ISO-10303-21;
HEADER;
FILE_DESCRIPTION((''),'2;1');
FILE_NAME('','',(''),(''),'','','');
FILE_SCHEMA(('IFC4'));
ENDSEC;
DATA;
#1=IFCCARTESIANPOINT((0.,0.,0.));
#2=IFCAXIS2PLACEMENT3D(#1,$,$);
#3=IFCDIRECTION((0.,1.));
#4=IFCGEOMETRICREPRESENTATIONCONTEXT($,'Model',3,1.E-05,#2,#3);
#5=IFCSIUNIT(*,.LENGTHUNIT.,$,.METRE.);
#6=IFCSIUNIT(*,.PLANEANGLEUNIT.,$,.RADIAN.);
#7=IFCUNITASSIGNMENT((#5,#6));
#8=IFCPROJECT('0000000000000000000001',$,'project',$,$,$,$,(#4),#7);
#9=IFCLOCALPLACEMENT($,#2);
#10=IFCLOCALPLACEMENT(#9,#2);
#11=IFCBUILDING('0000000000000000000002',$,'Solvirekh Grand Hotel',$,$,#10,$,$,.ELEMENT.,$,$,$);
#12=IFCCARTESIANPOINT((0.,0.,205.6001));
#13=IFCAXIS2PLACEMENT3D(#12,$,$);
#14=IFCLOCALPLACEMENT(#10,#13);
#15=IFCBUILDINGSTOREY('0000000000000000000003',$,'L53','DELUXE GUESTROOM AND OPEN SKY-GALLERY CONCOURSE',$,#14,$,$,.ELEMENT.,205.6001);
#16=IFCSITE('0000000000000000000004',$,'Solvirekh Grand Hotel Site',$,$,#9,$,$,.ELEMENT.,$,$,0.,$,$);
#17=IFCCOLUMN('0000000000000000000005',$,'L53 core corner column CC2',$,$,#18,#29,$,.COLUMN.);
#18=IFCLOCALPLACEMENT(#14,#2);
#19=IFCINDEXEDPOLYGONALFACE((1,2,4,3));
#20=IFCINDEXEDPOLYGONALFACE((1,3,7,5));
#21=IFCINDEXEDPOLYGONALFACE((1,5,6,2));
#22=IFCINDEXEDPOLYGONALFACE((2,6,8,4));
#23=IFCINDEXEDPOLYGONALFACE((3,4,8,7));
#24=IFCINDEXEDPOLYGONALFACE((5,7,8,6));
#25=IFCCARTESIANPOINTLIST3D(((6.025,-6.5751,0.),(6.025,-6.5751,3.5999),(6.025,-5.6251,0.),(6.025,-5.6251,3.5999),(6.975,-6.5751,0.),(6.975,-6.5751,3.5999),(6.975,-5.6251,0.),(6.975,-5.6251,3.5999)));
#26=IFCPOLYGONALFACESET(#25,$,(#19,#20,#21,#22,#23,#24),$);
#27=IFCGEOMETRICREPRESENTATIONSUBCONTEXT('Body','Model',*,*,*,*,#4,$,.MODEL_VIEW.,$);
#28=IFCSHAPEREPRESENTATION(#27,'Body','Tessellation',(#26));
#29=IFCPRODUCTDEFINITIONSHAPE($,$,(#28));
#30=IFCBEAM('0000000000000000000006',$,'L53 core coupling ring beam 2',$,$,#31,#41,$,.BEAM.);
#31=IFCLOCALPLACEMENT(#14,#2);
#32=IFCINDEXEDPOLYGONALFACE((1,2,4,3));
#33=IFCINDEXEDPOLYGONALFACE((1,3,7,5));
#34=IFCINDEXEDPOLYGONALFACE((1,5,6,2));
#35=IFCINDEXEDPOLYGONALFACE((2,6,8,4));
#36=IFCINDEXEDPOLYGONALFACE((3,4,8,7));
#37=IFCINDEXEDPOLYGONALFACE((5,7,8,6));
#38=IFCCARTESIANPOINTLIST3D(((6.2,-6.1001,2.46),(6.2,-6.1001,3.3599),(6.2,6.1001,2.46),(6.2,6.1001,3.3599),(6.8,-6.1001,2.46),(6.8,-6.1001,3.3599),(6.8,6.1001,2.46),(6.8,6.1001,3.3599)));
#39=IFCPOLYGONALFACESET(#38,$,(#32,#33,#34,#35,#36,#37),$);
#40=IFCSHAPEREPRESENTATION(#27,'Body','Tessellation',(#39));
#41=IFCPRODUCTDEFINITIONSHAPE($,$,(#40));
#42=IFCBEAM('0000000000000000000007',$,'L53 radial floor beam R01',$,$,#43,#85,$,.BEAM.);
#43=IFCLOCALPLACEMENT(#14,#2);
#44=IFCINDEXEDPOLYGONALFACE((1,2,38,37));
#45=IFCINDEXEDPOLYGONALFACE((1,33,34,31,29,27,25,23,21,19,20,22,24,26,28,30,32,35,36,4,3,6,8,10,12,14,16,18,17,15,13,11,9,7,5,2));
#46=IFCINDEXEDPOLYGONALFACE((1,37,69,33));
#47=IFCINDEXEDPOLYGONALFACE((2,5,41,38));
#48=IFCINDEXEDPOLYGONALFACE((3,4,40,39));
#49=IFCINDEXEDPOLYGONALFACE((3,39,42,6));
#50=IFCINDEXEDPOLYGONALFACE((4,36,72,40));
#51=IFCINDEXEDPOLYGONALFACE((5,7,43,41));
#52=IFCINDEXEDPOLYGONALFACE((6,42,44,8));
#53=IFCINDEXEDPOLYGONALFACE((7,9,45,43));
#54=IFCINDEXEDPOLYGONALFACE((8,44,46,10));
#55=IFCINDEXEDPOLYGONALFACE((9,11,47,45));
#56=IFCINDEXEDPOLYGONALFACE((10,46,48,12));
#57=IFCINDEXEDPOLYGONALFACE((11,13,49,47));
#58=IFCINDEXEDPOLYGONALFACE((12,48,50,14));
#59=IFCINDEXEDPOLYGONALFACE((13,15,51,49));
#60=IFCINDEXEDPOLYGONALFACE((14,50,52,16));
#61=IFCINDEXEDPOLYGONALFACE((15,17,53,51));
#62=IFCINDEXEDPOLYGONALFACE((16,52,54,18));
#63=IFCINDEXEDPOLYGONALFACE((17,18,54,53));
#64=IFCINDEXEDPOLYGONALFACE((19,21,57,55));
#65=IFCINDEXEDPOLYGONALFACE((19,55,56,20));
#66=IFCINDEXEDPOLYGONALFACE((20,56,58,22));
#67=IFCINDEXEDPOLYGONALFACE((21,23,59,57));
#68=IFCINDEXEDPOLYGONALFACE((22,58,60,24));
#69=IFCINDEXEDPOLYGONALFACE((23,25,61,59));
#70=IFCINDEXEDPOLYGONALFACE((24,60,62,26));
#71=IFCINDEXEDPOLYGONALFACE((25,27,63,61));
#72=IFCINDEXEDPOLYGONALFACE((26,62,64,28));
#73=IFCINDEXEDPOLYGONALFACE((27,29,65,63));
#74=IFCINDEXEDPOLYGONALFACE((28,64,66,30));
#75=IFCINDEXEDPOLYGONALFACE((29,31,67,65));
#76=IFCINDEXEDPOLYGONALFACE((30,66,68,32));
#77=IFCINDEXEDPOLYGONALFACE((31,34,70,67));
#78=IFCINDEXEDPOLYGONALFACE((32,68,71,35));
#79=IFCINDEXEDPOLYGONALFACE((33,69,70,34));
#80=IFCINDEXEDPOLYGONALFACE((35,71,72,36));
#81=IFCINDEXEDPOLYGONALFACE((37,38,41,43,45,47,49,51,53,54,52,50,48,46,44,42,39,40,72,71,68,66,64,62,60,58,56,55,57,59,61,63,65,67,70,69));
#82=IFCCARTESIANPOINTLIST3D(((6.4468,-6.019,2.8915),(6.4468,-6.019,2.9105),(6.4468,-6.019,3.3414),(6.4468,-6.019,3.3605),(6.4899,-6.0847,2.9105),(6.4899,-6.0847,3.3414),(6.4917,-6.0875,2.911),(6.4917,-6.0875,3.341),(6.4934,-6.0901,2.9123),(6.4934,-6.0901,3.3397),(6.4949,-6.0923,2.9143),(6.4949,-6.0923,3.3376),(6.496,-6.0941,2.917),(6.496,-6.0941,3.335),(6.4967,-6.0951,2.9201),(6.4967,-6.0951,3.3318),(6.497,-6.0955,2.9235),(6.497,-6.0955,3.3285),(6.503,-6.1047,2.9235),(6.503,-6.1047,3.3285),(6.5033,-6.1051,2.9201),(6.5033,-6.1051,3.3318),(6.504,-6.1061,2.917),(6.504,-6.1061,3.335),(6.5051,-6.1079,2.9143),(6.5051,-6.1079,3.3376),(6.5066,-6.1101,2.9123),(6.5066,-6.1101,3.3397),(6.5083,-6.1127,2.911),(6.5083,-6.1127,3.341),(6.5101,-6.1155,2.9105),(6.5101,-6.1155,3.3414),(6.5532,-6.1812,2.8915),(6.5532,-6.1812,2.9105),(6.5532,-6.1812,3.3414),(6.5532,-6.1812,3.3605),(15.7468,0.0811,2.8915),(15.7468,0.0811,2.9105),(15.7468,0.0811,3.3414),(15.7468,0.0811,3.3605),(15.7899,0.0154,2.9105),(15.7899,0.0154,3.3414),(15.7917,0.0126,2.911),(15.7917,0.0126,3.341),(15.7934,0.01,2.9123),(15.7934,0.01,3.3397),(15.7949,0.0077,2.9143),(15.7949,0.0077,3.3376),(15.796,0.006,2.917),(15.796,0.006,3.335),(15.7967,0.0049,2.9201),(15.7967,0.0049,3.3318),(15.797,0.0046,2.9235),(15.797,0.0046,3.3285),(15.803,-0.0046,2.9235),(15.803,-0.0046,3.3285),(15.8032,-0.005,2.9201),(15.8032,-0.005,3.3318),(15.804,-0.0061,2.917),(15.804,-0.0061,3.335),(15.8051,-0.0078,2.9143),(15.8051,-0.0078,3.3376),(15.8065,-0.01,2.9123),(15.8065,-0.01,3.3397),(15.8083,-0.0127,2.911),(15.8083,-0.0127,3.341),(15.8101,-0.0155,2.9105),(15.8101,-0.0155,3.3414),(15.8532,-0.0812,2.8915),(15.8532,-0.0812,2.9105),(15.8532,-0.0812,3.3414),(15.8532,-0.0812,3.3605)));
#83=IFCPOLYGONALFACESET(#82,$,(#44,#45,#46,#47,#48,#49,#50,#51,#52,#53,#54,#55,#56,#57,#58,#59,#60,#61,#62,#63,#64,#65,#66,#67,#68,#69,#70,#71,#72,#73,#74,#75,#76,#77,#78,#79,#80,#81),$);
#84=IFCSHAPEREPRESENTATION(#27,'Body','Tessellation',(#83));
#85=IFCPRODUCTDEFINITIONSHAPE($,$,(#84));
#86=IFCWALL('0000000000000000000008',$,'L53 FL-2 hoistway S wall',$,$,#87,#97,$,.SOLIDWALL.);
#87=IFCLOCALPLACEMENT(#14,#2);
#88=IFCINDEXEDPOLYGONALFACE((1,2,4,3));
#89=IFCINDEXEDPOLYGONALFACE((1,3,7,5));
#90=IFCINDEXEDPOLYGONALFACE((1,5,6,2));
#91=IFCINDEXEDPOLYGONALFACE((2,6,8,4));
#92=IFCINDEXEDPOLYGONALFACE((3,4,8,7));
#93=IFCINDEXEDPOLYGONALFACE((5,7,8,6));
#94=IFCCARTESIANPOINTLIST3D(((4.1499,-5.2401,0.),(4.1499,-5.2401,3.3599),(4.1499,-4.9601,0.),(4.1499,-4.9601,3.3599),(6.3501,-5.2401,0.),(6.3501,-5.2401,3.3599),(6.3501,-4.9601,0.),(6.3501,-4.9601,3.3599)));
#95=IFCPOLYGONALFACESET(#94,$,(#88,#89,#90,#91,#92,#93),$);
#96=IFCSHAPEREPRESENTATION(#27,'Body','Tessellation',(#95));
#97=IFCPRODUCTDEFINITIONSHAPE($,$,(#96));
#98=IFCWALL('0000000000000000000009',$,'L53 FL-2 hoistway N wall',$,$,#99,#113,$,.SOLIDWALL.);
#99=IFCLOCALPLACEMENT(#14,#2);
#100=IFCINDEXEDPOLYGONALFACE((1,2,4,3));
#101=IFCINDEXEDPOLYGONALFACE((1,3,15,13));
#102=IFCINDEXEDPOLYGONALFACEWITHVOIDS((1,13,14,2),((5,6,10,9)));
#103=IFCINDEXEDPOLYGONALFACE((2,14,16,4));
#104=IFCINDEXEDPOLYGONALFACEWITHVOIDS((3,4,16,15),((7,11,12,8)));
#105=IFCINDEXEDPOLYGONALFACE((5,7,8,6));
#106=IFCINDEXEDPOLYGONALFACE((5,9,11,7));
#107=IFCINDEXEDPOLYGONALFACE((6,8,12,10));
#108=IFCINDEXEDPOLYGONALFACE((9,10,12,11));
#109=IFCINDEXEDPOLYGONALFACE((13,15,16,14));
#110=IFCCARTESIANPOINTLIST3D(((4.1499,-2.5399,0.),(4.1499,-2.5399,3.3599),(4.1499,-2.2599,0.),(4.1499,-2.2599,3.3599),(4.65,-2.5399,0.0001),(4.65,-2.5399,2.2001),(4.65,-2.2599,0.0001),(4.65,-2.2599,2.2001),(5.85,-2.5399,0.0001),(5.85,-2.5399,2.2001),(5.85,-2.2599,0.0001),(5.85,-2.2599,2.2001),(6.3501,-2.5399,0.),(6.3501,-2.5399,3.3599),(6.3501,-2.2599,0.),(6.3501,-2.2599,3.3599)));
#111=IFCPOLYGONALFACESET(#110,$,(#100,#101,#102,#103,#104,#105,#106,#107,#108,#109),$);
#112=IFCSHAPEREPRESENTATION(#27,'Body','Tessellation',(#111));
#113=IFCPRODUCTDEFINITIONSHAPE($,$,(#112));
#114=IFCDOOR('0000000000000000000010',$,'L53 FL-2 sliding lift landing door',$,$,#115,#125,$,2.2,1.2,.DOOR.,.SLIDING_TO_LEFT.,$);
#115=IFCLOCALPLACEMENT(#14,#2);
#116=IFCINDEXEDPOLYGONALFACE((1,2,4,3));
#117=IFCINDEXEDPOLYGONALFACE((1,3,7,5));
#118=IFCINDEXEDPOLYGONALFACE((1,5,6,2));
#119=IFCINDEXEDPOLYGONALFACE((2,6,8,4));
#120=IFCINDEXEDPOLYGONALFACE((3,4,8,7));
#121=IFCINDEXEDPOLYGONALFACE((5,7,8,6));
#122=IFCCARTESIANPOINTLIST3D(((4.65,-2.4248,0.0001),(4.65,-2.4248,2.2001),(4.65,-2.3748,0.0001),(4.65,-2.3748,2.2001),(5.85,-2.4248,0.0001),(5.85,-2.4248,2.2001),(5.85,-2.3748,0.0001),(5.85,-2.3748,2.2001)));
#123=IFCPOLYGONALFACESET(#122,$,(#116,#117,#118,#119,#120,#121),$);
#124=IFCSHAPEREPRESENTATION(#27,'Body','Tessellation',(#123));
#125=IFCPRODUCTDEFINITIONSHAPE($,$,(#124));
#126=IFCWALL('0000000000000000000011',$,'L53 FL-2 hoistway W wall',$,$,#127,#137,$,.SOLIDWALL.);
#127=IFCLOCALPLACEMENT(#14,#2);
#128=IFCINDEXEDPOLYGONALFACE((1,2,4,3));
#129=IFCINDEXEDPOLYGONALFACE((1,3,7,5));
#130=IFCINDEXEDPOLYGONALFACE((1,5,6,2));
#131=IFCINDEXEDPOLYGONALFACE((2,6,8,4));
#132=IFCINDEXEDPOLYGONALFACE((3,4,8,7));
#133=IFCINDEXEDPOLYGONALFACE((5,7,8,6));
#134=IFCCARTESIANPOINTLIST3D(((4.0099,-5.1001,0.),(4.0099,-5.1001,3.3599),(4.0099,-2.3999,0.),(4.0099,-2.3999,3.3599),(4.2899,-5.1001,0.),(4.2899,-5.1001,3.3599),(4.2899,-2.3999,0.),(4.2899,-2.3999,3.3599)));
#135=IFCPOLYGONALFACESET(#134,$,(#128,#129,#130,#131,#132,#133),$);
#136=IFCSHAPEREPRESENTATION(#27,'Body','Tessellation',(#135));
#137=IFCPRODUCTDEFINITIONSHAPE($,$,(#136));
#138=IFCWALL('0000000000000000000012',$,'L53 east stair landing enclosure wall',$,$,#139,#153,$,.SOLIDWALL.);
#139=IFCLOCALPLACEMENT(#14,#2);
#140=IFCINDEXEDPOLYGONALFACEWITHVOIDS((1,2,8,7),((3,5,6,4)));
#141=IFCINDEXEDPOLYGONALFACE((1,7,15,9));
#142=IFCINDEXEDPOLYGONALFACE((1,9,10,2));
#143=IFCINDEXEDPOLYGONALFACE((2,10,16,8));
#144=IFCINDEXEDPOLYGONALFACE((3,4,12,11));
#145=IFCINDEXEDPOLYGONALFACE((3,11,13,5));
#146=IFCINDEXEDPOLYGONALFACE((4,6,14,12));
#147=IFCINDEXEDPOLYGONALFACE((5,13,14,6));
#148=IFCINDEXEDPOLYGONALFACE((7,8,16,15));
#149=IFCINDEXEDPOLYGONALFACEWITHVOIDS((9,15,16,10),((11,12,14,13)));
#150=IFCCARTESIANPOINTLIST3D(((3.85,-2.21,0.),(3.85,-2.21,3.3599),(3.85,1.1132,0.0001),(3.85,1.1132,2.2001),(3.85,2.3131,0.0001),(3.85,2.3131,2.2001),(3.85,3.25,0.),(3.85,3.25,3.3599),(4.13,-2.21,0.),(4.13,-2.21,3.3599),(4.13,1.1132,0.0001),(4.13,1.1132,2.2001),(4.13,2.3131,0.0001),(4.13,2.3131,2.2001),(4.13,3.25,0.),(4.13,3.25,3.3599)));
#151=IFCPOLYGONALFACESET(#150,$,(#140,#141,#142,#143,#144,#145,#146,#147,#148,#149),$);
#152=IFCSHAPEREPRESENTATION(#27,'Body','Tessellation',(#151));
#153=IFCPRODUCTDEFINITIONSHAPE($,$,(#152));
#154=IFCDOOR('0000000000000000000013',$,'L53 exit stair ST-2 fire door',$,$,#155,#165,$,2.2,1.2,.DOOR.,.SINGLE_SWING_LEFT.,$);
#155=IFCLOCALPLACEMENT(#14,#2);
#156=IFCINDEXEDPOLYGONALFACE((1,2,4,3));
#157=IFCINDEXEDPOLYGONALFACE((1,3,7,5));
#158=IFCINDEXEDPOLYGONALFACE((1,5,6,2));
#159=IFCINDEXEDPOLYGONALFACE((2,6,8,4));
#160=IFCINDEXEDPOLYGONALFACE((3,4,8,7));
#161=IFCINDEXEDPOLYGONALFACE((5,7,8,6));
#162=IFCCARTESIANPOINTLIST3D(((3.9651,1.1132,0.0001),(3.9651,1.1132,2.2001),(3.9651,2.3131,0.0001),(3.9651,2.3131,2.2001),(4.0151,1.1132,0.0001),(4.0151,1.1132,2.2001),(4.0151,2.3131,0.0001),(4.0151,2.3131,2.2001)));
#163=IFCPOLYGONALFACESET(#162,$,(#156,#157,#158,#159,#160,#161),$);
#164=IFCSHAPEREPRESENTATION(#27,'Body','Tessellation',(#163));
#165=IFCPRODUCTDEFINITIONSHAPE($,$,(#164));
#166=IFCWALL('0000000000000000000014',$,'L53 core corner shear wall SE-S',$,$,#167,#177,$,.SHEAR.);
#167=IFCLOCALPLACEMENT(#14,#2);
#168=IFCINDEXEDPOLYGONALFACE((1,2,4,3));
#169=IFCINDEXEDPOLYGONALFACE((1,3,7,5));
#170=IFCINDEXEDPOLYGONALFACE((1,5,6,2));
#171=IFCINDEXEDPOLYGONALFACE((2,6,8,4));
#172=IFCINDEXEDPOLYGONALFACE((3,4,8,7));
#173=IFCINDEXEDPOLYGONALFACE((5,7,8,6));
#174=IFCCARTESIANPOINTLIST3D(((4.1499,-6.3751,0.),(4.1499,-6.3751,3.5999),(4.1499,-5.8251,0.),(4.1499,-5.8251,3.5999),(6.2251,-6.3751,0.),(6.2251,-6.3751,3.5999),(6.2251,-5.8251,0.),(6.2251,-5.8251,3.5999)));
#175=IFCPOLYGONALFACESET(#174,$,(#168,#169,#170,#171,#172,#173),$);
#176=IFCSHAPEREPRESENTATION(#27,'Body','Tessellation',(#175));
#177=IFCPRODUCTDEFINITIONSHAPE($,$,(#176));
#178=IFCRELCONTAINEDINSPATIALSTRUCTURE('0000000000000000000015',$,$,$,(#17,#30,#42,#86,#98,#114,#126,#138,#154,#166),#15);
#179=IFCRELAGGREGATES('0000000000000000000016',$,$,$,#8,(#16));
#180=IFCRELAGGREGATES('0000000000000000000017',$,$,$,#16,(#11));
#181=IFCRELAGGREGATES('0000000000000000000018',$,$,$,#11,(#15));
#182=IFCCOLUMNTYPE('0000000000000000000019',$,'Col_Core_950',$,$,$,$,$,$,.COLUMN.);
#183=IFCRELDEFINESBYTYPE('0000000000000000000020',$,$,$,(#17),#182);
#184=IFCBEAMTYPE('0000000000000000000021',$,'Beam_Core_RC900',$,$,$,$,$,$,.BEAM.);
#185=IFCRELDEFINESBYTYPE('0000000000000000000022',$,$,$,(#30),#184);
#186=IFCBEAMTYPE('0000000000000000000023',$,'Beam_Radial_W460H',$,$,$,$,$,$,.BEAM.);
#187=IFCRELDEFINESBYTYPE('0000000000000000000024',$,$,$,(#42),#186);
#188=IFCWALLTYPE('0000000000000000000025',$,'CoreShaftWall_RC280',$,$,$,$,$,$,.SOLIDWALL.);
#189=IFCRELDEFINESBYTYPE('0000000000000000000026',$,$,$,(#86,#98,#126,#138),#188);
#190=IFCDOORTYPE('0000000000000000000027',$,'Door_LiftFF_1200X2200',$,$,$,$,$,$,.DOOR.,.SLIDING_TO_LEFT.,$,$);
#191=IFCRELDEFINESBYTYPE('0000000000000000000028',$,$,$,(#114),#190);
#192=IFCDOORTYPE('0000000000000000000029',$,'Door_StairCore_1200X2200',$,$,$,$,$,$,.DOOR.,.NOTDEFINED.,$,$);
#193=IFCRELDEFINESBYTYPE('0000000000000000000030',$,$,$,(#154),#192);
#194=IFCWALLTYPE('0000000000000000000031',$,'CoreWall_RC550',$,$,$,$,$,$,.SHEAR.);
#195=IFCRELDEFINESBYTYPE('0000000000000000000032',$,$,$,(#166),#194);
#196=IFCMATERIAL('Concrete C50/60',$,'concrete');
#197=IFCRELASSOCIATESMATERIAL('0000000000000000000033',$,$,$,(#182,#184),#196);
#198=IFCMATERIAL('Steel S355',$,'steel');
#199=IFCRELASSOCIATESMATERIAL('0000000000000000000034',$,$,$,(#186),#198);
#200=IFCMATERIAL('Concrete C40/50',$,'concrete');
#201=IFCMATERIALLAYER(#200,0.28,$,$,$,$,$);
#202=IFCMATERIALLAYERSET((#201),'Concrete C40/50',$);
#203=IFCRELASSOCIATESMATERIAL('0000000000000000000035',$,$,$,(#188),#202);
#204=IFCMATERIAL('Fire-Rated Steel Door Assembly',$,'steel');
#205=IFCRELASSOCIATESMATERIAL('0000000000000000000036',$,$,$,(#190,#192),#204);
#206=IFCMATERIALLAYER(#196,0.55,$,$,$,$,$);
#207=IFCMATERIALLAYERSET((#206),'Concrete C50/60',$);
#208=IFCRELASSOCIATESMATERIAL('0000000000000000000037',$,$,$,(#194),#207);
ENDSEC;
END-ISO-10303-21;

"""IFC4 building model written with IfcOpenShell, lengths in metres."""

from ifc_helpers import new_model, si_unit, direction, frame, frame_2d, origin, origin_2d, place, context, subcontext, project, spatial, rectangle, i_section, extrude, material, layer, layer_set, material_profile, profile_set, type_object, element, fill, save


model = new_model("IFC4")

# Units and contexts
model_context = context("Model", 3, precision=1e-05, world=origin(), true_north=direction((0.0, 1.0)))
body_context = subcontext(model_context, "Body", "Model", "MODEL_VIEW")
ifc_project = project(units=[si_unit("LENGTHUNIT", "METRE"), si_unit("PLANEANGLEUNIT", "RADIAN")], contexts=[model_context])

# Site, building, storey
site_placement = place(None, origin())
site = spatial("IfcSite", under=ifc_project, at=site_placement, Name="Solvirekh Grand Hotel Site", CompositionType="ELEMENT", RefElevation=0.0)
building_placement = place(site_placement, origin())
building = spatial("IfcBuilding", under=site, at=building_placement, Name="Solvirekh Grand Hotel", CompositionType="ELEMENT")
storey_placement = place(building_placement, frame((0.0, 0.0, 205.6001)))
storey = spatial("IfcBuildingStorey", under=building, at=storey_placement, Name="L53", Description="DELUXE GUESTROOM AND OPEN SKY-GALLERY CONCOURSE", CompositionType="ELEMENT", Elevation=205.6001)

# Column
ifc_material_1 = material(Name="Concrete C50/60", Category="concrete")
ifc_material_profile_1 = material_profile(ifc_material_1, rectangle(XDim=0.95, YDim=0.95, at=origin_2d()), Name="RC 950X950")
ifc_profile_set_1 = profile_set([ifc_material_profile_1], Name="Concrete C50/60")
column_type = type_object("IfcColumnType", Name="Col_Core_950", PredefinedType="COLUMN", material=ifc_profile_set_1)
column_placement = place(storey_placement, frame((6.5, -6.1001, 0.0), z_axis=(0.0, 0.0, 1.0), x_axis=(1.0, 0.0, 0.0)))
element("IfcColumn", 1, at=column_placement, inside=storey, type_object=column_type, Name="L53 core corner column CC2", PredefinedType="COLUMN", context=body_context, shape_type="SweptSolid", body=[
    extrude(rectangle(XDim=0.95, YDim=0.95, at=origin_2d()), origin(), (0.0, 0.0, 1.0), 3.5999),
])

# Beams
ifc_material_profile_2 = material_profile(ifc_material_1, rectangle(XDim=0.6001, YDim=0.8999, at=origin_2d()), Name="RC BEAM 600X900")
ifc_profile_set_2 = profile_set([ifc_material_profile_2], Name="Concrete C50/60")
beam_type_1 = type_object("IfcBeamType", Name="Beam_Core_RC900", PredefinedType="BEAM", material=ifc_profile_set_2)
beam_1_placement = place(storey_placement, frame((6.5, -6.1001, 2.9099), z_axis=(0.0, 1.0, 0.0), x_axis=(-1.0, 0.0, 0.0)))
element("IfcBeam", 2, at=beam_1_placement, inside=storey, type_object=beam_type_1, Name="L53 core coupling ring beam 2", PredefinedType="BEAM", context=body_context, shape_type="SweptSolid", body=[
    extrude(rectangle(XDim=0.6001, YDim=0.8999, at=origin_2d()), origin(), (0.0, 0.0, 1.0), 12.2002),
])
ifc_material_2 = material(Name="Steel S355", Category="steel")
ifc_material_profile_3 = material_profile(ifc_material_2, i_section(OverallWidth=0.1941, OverallDepth=0.469, WebThickness=0.011, FlangeThickness=0.019, FilletRadius=0.0129, at=origin_2d()), Name="W460X106")
ifc_profile_set_3 = profile_set([ifc_material_profile_3], Name="Steel S355")
beam_type_2 = type_object("IfcBeamType", Name="Beam_Radial_W460H", PredefinedType="BEAM", material=ifc_profile_set_3)
beam_2_placement = place(storey_placement, frame((6.5, -6.1001, 3.126), z_axis=(0.836174, 0.548464, 0.0), x_axis=(-0.548464, 0.836174, 0.0)))
element("IfcBeam", 3, at=beam_2_placement, inside=storey, type_object=beam_type_2, Name="L53 radial floor beam R01", PredefinedType="BEAM", context=body_context, shape_type="SweptSolid", body=[
    extrude(i_section(OverallWidth=0.1941, OverallDepth=0.469, WebThickness=0.011, FlangeThickness=0.019, FilletRadius=0.0129, at=origin_2d()), origin(), (0.0, 0.0, 1.0), 11.1221),
])

# Wall
ifc_material_3 = material(Name="Concrete C40/50", Category="concrete")
ifc_layer_1 = layer(ifc_material_3, 0.28)
ifc_layer_set_1 = layer_set([ifc_layer_1], Name="Concrete C40/50")
wall_type_1 = type_object("IfcWallType", Name="CoreShaftWall_RC280", PredefinedType="SOLIDWALL", material=ifc_layer_set_1)
wall_1_placement = place(storey_placement, frame((4.1499, -5.1001, 0.0), z_axis=(0.0, 0.0, 1.0), x_axis=(1.0, 0.0, 0.0)))
element("IfcWall", 4, at=wall_1_placement, inside=storey, type_object=wall_type_1, Name="L53 FL-2 hoistway S wall", PredefinedType="SOLIDWALL", context=body_context, shape_type="SweptSolid", body=[
    extrude(rectangle(XDim=2.2002, YDim=0.28, at=frame_2d((1.1001, 0.0))), origin(), (0.0, 0.0, 1.0), 3.3599),
])

# Wall, opening, door
wall_2_placement = place(storey_placement, frame((6.3501, -2.3999, 0.0), z_axis=(0.0, 0.0, 1.0), x_axis=(-1.0, 0.0, 0.0)))
wall_2 = element("IfcWall", 5, at=wall_2_placement, inside=storey, type_object=wall_type_1, Name="L53 FL-2 hoistway N wall", PredefinedType="SOLIDWALL", context=body_context, shape_type="SweptSolid", body=[
    extrude(rectangle(XDim=2.2002, YDim=0.28, at=frame_2d((1.1001, 0.0))), origin(), (0.0, 0.0, 1.0), 3.3599),
])
opening_1_placement = place(wall_2_placement, frame((0.5, 0.0, 0.0)))
opening_1 = element("IfcOpeningElement", 6, at=opening_1_placement, cuts=wall_2, PredefinedType="OPENING", context=body_context, shape_type="SweptSolid", body=[
    extrude(rectangle(XDim=1.2, YDim=2.2, at=frame_2d((0.6001, 1.1001))), frame((0.0, 0.1499, 0.0), z_axis=(0.0, -1.0, 0.0), x_axis=(1.0, 0.0, 0.0)), (0.0, 0.0, 1.0), 0.3),
])
ifc_material_4 = material(Name="Fire-Rated Steel Door Assembly", Category="steel")
door_type_1 = type_object("IfcDoorType", Name="Door_LiftFF_1200X2200", OperationType="SLIDING_TO_LEFT", PredefinedType="DOOR", material=ifc_material_4)
door_1_placement = place(opening_1_placement, origin())
door_1 = element("IfcDoor", 7, at=door_1_placement, inside=storey, type_object=door_type_1, Name="L53 FL-2 sliding lift landing door", OperationType="SLIDING_TO_LEFT", OverallHeight=2.2, OverallWidth=1.2, PredefinedType="DOOR", context=body_context, shape_type="SweptSolid", body=[
    extrude(rectangle(XDim=1.2, YDim=2.2, at=frame_2d((0.6001, 1.1001))), frame((0.0, 0.0249, 0.0), z_axis=(0.0, -1.0, 0.0), x_axis=(1.0, 0.0, 0.0)), (0.0, 0.0, 1.0), 0.05),
])
fill(opening_1, door_1)

# Wall
wall_3_placement = place(storey_placement, frame((4.1499, -2.3999, 0.0), z_axis=(0.0, 0.0, 1.0), x_axis=(0.0, -1.0, 0.0)))
element("IfcWall", 8, at=wall_3_placement, inside=storey, type_object=wall_type_1, Name="L53 FL-2 hoistway W wall", PredefinedType="SOLIDWALL", context=body_context, shape_type="SweptSolid", body=[
    extrude(rectangle(XDim=2.7002, YDim=0.28, at=frame_2d((1.3501, 0.0))), origin(), (0.0, 0.0, 1.0), 3.3599),
])

# Wall, opening, door
wall_4_placement = place(storey_placement, frame((3.99, -2.21, 0.0), z_axis=(0.0, 0.0, 1.0), x_axis=(0.0, 1.0, 0.0)))
wall_4 = element("IfcWall", 9, at=wall_4_placement, inside=storey, type_object=wall_type_1, Name="L53 east stair landing enclosure wall", PredefinedType="SOLIDWALL", context=body_context, shape_type="SweptSolid", body=[
    extrude(rectangle(XDim=5.46, YDim=0.28, at=frame_2d((2.73, 0.0))), origin(), (0.0, 0.0, 1.0), 3.3599),
])
opening_2_placement = place(wall_4_placement, frame((3.323, 0.0, 0.0)))
opening_2 = element("IfcOpeningElement", 10, at=opening_2_placement, cuts=wall_4, PredefinedType="OPENING", context=body_context, shape_type="SweptSolid", body=[
    extrude(rectangle(XDim=1.2, YDim=2.2, at=frame_2d((0.6001, 1.1001))), frame((0.0, 0.1499, 0.0), z_axis=(0.0, -1.0, 0.0), x_axis=(1.0, 0.0, 0.0)), (0.0, 0.0, 1.0), 0.3),
])
door_type_2 = type_object("IfcDoorType", Name="Door_StairCore_1200X2200", OperationType="NOTDEFINED", PredefinedType="DOOR", material=ifc_material_4)
door_2_placement = place(opening_2_placement, origin())
door_2 = element("IfcDoor", 11, at=door_2_placement, inside=storey, type_object=door_type_2, Name="L53 exit stair ST-2 fire door", OperationType="SINGLE_SWING_LEFT", OverallHeight=2.2, OverallWidth=1.2, PredefinedType="DOOR", context=body_context, shape_type="SweptSolid", body=[
    extrude(rectangle(XDim=1.2, YDim=2.2, at=frame_2d((0.6001, 1.1001))), frame((0.0, 0.0249, 0.0), z_axis=(0.0, -1.0, 0.0), x_axis=(1.0, 0.0, 0.0)), (0.0, 0.0, 1.0), 0.05),
])
fill(opening_2, door_2)

# Wall
ifc_layer_2 = layer(ifc_material_1, 0.55)
ifc_layer_set_2 = layer_set([ifc_layer_2], Name="Concrete C50/60")
wall_type_2 = type_object("IfcWallType", Name="CoreWall_RC550", PredefinedType="SHEAR", material=ifc_layer_set_2)
wall_5_placement = place(storey_placement, frame((4.1499, -6.1001, 0.0), z_axis=(0.0, 0.0, 1.0), x_axis=(1.0, 0.0, 0.0)))
element("IfcWall", 12, at=wall_5_placement, inside=storey, type_object=wall_type_2, Name="L53 core corner shear wall SE-S", PredefinedType="SHEAR", context=body_context, shape_type="SweptSolid", body=[
    extrude(rectangle(XDim=2.0752, YDim=0.55, at=frame_2d((1.0376, 0.0))), origin(), (0.0, 0.0, 1.0), 3.5999),
])

save(model, "model.ifc")
